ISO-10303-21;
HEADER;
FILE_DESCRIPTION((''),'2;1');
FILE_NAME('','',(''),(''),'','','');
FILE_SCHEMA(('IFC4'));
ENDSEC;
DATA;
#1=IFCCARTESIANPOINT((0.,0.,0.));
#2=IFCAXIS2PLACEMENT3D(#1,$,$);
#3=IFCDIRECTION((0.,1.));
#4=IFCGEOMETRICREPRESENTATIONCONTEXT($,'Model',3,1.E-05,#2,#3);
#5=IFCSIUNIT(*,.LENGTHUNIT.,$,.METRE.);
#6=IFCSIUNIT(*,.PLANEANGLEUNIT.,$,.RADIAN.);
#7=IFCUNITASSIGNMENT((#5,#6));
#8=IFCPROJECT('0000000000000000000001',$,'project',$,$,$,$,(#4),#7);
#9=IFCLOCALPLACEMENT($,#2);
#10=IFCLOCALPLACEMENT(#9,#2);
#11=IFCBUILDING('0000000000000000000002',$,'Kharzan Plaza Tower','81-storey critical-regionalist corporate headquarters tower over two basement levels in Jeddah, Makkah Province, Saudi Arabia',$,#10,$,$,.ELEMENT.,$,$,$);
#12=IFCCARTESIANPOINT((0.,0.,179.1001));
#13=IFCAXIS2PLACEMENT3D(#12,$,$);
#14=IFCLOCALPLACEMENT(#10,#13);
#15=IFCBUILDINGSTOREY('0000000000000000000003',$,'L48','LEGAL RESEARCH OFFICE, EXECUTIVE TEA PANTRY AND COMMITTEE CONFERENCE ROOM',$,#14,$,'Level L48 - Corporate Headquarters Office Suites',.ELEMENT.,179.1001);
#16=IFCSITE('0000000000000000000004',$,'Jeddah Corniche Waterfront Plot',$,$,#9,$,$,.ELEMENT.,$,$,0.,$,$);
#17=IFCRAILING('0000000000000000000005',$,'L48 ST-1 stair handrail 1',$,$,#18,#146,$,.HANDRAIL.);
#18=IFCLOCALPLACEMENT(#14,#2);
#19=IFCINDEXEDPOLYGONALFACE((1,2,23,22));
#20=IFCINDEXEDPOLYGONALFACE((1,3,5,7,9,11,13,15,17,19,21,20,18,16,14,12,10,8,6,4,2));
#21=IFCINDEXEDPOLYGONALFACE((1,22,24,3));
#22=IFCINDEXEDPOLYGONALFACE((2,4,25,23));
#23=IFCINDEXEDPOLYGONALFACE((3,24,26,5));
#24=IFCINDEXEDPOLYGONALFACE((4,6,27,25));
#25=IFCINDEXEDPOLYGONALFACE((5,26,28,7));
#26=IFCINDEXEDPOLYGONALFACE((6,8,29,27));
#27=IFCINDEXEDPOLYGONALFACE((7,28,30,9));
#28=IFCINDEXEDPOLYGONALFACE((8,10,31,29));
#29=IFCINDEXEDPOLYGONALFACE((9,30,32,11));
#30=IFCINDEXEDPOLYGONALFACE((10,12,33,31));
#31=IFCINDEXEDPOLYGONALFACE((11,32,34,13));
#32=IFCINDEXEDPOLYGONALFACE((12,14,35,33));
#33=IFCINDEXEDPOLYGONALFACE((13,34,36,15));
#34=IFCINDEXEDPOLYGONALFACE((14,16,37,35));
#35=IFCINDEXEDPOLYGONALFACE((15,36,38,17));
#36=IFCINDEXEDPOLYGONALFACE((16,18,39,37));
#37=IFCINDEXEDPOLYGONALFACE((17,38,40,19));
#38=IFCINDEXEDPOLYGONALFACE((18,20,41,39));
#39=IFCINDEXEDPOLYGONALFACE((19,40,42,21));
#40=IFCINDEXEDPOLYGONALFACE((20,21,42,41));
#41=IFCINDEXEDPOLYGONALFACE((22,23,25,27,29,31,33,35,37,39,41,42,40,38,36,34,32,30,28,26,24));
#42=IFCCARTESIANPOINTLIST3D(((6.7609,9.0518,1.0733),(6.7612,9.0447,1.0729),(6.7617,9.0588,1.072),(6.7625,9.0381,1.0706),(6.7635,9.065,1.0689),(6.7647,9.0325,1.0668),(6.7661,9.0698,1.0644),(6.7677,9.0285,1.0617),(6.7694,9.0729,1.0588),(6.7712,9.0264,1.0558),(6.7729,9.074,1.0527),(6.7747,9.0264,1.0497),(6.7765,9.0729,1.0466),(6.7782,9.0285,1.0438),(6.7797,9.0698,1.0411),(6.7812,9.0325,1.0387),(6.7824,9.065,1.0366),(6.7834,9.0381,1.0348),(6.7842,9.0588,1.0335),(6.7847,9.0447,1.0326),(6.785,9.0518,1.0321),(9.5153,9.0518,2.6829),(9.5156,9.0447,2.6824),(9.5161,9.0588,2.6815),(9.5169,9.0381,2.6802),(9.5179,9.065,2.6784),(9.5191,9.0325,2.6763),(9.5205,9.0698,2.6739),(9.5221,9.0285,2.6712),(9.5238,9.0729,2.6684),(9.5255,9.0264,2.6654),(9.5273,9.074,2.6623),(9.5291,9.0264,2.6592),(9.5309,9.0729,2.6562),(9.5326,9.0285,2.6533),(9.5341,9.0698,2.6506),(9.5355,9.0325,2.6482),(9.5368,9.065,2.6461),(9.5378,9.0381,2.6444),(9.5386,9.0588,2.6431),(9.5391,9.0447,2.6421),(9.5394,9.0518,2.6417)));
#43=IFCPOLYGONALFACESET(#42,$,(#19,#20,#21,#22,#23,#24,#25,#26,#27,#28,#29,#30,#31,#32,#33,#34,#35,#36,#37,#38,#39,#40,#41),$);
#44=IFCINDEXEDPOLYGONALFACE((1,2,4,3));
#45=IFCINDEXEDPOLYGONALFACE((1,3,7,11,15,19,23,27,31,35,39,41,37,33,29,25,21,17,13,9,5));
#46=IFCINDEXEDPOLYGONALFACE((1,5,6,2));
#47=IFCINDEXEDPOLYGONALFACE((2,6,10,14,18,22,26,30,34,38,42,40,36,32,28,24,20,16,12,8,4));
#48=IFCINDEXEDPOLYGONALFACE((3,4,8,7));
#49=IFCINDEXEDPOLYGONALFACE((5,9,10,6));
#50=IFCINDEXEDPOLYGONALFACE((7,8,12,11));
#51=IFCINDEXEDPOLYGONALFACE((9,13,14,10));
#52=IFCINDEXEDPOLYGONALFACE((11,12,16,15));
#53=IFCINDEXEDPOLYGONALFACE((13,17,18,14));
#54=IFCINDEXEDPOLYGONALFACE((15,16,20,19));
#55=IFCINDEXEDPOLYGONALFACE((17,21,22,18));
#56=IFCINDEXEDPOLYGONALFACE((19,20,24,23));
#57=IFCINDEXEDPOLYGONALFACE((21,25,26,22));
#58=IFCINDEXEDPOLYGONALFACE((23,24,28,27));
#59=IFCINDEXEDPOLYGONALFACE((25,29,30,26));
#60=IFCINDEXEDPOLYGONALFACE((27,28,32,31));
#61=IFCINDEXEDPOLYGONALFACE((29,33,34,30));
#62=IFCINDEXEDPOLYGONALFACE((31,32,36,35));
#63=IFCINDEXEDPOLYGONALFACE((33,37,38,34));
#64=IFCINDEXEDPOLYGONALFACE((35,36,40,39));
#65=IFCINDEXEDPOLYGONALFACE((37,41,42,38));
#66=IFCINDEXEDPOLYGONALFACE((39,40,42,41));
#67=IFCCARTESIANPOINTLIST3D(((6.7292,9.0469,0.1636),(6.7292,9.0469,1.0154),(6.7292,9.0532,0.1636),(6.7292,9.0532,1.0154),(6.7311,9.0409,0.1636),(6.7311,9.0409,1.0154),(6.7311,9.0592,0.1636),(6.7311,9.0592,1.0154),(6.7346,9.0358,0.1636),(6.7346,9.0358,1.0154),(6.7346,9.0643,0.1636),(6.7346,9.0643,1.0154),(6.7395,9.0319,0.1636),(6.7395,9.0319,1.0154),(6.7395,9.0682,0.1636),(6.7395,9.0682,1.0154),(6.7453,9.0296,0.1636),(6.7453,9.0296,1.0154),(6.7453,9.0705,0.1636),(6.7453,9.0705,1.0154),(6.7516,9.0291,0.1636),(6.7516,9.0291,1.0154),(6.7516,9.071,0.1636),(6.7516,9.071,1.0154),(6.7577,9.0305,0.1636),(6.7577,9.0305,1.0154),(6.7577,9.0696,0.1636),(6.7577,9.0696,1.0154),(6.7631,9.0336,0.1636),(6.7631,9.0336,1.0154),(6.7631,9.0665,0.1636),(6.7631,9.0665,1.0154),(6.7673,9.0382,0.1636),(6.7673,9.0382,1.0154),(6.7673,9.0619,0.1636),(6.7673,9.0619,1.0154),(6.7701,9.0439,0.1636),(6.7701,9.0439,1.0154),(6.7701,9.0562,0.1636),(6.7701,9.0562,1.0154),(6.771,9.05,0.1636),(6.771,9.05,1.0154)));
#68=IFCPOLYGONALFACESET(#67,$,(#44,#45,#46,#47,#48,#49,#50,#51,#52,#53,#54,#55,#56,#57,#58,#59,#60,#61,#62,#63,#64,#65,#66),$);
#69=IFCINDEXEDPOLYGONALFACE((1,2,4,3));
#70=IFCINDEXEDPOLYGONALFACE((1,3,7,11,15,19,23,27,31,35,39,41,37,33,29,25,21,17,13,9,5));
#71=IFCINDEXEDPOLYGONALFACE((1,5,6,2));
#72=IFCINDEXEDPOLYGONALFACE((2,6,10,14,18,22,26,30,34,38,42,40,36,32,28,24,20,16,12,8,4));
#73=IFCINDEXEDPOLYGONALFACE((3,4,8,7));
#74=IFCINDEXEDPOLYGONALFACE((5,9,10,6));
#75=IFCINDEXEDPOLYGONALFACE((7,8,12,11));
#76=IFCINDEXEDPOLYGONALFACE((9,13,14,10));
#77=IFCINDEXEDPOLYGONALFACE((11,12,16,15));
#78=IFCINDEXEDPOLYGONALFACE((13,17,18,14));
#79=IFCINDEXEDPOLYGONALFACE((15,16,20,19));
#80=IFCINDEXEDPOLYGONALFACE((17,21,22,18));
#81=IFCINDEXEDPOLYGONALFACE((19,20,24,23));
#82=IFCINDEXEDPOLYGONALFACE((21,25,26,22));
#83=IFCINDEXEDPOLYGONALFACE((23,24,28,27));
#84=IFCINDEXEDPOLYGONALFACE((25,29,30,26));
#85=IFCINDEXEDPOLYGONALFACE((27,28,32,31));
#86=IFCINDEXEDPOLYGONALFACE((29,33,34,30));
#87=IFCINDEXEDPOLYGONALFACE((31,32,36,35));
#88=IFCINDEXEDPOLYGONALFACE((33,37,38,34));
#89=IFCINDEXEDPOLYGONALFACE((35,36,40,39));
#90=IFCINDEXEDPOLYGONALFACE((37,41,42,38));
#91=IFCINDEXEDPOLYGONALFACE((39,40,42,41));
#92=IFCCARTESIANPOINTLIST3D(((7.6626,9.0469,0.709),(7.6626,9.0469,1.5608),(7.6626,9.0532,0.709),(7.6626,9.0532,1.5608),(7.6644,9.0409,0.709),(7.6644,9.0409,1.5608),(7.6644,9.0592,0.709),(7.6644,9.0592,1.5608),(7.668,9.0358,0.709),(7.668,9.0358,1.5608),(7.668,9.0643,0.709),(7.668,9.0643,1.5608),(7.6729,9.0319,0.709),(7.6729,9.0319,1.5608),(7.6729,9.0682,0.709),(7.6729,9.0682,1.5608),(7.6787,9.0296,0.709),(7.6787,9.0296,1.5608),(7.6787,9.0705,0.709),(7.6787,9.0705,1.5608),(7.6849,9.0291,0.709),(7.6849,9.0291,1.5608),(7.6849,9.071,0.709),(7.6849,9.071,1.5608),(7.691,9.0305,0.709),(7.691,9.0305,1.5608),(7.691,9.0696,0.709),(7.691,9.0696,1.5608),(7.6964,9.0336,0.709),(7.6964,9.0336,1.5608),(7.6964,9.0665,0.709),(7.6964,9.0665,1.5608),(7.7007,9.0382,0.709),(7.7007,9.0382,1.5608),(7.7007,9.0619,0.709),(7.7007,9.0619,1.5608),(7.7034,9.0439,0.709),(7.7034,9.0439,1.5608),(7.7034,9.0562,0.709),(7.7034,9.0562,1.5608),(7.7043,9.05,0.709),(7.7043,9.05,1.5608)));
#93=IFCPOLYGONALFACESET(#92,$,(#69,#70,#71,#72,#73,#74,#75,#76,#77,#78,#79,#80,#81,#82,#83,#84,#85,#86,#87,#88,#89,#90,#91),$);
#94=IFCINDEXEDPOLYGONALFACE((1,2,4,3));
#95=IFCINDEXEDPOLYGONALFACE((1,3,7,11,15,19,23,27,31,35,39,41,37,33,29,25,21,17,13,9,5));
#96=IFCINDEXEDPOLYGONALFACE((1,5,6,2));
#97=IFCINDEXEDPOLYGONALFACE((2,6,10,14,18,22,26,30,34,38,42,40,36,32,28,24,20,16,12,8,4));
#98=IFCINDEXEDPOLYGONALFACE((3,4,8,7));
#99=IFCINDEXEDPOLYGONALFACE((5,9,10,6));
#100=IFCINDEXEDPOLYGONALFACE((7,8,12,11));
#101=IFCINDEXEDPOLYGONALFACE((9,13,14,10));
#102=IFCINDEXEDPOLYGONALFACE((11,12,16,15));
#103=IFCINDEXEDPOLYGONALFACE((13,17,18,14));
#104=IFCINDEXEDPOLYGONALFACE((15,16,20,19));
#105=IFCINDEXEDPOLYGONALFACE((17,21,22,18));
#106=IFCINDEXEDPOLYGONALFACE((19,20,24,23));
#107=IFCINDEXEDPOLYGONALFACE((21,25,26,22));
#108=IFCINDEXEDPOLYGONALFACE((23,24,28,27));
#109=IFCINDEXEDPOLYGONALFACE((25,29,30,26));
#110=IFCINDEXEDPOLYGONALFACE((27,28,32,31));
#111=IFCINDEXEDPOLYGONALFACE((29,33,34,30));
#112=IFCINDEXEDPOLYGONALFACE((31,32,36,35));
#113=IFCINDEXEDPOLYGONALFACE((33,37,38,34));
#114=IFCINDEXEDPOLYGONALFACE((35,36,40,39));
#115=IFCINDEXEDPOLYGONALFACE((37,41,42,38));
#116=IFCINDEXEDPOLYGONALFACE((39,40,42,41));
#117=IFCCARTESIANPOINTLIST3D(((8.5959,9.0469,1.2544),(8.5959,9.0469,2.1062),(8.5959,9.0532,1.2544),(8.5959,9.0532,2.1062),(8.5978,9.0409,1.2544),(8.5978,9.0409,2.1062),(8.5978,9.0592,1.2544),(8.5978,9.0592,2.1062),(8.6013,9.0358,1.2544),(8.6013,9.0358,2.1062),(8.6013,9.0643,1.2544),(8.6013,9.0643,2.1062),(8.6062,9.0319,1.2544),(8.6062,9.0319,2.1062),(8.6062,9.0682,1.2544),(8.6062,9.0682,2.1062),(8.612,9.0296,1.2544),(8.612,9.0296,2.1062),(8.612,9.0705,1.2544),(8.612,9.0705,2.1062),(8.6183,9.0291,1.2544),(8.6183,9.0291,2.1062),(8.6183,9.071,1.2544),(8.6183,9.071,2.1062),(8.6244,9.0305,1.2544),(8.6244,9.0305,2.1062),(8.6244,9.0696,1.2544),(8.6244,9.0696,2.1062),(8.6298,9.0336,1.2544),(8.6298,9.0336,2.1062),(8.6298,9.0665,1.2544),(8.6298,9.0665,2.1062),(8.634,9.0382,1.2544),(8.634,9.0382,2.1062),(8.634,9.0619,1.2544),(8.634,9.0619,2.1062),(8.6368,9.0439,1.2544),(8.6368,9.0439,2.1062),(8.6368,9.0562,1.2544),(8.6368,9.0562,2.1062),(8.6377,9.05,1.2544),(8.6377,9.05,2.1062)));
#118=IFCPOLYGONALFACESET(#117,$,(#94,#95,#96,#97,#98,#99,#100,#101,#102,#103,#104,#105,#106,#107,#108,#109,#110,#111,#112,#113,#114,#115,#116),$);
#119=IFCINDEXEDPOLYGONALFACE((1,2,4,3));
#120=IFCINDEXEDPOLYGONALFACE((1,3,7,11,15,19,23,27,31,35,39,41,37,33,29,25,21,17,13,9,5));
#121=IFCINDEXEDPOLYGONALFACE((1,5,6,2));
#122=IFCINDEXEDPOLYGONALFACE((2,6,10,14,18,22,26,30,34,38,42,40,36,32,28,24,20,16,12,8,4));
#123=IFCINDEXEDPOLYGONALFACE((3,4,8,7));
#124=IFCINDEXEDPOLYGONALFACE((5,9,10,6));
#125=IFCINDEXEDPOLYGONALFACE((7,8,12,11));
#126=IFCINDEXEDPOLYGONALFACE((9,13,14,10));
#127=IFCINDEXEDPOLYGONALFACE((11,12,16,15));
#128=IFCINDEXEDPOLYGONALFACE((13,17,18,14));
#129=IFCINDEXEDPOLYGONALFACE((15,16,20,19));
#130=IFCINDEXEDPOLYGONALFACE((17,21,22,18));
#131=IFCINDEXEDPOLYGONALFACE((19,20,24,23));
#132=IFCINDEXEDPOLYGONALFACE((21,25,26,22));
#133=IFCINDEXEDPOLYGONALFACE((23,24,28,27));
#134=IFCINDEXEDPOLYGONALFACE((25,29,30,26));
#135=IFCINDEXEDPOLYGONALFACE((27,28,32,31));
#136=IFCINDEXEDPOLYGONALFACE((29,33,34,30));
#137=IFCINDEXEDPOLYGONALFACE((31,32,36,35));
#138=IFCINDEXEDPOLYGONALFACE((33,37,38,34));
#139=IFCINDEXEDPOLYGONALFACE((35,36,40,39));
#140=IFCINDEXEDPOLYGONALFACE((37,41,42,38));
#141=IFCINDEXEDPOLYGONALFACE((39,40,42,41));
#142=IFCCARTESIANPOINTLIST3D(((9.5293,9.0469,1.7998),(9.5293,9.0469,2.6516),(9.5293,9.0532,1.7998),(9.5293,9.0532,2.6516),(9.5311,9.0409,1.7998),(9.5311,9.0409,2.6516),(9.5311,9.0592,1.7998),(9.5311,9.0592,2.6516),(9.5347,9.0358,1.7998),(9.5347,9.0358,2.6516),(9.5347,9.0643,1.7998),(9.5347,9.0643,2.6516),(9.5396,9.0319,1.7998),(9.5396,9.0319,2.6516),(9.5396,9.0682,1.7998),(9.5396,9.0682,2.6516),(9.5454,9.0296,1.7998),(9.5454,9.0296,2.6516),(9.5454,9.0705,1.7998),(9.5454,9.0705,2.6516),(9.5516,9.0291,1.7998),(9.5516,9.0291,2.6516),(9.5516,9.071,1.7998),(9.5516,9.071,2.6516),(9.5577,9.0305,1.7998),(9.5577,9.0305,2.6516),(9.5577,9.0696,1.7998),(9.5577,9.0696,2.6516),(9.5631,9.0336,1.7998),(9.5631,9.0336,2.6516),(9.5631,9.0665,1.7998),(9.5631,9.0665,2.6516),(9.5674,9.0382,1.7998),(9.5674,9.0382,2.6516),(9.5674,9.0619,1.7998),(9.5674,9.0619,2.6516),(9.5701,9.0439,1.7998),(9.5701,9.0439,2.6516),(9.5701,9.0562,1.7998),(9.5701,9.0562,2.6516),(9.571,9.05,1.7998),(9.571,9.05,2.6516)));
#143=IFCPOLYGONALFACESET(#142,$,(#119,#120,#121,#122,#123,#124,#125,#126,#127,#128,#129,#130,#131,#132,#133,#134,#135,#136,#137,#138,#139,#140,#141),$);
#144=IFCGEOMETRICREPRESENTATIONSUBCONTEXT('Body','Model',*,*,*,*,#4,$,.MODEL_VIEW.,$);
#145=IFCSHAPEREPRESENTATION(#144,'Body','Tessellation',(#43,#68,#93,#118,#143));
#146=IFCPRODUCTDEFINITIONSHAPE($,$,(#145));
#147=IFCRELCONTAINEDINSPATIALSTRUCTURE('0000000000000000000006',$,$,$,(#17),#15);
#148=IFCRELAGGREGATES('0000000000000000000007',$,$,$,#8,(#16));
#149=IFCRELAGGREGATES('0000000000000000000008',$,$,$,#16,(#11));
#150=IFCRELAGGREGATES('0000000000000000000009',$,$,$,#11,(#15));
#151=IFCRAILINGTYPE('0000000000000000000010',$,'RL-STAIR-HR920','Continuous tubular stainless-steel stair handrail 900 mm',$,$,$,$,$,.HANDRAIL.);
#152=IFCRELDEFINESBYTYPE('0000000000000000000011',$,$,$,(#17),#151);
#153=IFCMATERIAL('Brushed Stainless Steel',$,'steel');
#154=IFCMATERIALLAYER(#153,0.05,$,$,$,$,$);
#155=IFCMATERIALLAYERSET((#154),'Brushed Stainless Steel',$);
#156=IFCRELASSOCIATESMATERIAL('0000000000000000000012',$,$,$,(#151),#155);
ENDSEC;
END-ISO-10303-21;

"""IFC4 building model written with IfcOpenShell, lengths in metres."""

from ifc_helpers import new_model, si_unit, direction, frame, origin, origin_2d, place, context, subcontext, project, spatial, circle, extrude, source, transform, mapped, material, layer, layer_set, type_object, element, save


model = new_model("IFC4")

# Units and contexts
model_context = context("Model", 3, precision=1e-05, world=origin(), true_north=direction((0.0, 1.0)))
body_context = subcontext(model_context, "Body", "Model", "MODEL_VIEW")
ifc_project = project(units=[si_unit("LENGTHUNIT", "METRE"), si_unit("PLANEANGLEUNIT", "RADIAN")], contexts=[model_context])

# Site, building, storey
site_placement = place(None, origin())
site = spatial("IfcSite", under=ifc_project, at=site_placement, Name="Jeddah Corniche Waterfront Plot", CompositionType="ELEMENT", RefElevation=0.0)
building_placement = place(site_placement, origin())
building = spatial("IfcBuilding", under=site, at=building_placement, Name="Kharzan Plaza Tower", Description="81-storey critical-regionalist corporate headquarters tower over two basement levels in Jeddah, Makkah Province, Saudi Arabia", CompositionType="ELEMENT")
storey_placement = place(building_placement, frame((0.0, 0.0, 179.1001)))
storey = spatial("IfcBuildingStorey", under=building, at=storey_placement, Name="L48", Description="LEGAL RESEARCH OFFICE, EXECUTIVE TEA PANTRY AND COMMITTEE CONFERENCE ROOM", LongName="Level L48 - Corporate Headquarters Office Suites", CompositionType="ELEMENT", Elevation=179.1001)

# Railing
ifc_material_1 = material(Name="Brushed Stainless Steel", Category="steel")
ifc_layer_1 = layer(ifc_material_1, 0.05)
ifc_layer_set_1 = layer_set([ifc_layer_1], Name="Brushed Stainless Steel")
railing_type_1 = type_object("IfcRailingType", Name="RL-STAIR-HR920", Description="Continuous tubular stainless-steel stair handrail 900 mm", PredefinedType="HANDRAIL", material=ifc_layer_set_1)
shared_shape_1 = source(origin(), body_context, "Body", "SweptSolid", [
    extrude(circle(Radius=0.0239, at=origin_2d()), frame((0.0229, 0.0, 0.8892), z_axis=(0.863394, 0.0, 0.504531), x_axis=(0.0, 1.0, 0.0)), (0.0, 0.0, 1.0), 3.1902),
    extrude(circle(Radius=0.021, at=origin_2d()), origin(), (0.0, 0.0, 1.0), 0.8518),
    extrude(circle(Radius=0.021, at=origin_2d()), frame((0.9333, 0.0, 0.5454)), (0.0, 0.0, 1.0), 0.8518),
    extrude(circle(Radius=0.021, at=origin_2d()), frame((1.8667, 0.0, 1.0908)), (0.0, 0.0, 1.0), 0.8518),
    extrude(circle(Radius=0.021, at=origin_2d()), frame((2.8, 0.0, 1.6362)), (0.0, 0.0, 1.0), 0.8518),
])
railing_1_placement = place(storey_placement, frame((6.75, 9.05, 0.1636)))
element("IfcRailing", 1, at=railing_1_placement, inside=storey, type_object=railing_type_1, Name="L48 ST-1 stair handrail 1", PredefinedType="HANDRAIL", context=body_context, shape_type="MappedRepresentation", body=[
    mapped(shared_shape_1, transform((0.0, 0.0, 0.0), x_axis=(1.0, 0.0, 0.0), y_axis=(0.0, 1.0, 0.0), z_axis=(0.0, 0.0, 1.0))),
])

save(model, "model.ifc")
